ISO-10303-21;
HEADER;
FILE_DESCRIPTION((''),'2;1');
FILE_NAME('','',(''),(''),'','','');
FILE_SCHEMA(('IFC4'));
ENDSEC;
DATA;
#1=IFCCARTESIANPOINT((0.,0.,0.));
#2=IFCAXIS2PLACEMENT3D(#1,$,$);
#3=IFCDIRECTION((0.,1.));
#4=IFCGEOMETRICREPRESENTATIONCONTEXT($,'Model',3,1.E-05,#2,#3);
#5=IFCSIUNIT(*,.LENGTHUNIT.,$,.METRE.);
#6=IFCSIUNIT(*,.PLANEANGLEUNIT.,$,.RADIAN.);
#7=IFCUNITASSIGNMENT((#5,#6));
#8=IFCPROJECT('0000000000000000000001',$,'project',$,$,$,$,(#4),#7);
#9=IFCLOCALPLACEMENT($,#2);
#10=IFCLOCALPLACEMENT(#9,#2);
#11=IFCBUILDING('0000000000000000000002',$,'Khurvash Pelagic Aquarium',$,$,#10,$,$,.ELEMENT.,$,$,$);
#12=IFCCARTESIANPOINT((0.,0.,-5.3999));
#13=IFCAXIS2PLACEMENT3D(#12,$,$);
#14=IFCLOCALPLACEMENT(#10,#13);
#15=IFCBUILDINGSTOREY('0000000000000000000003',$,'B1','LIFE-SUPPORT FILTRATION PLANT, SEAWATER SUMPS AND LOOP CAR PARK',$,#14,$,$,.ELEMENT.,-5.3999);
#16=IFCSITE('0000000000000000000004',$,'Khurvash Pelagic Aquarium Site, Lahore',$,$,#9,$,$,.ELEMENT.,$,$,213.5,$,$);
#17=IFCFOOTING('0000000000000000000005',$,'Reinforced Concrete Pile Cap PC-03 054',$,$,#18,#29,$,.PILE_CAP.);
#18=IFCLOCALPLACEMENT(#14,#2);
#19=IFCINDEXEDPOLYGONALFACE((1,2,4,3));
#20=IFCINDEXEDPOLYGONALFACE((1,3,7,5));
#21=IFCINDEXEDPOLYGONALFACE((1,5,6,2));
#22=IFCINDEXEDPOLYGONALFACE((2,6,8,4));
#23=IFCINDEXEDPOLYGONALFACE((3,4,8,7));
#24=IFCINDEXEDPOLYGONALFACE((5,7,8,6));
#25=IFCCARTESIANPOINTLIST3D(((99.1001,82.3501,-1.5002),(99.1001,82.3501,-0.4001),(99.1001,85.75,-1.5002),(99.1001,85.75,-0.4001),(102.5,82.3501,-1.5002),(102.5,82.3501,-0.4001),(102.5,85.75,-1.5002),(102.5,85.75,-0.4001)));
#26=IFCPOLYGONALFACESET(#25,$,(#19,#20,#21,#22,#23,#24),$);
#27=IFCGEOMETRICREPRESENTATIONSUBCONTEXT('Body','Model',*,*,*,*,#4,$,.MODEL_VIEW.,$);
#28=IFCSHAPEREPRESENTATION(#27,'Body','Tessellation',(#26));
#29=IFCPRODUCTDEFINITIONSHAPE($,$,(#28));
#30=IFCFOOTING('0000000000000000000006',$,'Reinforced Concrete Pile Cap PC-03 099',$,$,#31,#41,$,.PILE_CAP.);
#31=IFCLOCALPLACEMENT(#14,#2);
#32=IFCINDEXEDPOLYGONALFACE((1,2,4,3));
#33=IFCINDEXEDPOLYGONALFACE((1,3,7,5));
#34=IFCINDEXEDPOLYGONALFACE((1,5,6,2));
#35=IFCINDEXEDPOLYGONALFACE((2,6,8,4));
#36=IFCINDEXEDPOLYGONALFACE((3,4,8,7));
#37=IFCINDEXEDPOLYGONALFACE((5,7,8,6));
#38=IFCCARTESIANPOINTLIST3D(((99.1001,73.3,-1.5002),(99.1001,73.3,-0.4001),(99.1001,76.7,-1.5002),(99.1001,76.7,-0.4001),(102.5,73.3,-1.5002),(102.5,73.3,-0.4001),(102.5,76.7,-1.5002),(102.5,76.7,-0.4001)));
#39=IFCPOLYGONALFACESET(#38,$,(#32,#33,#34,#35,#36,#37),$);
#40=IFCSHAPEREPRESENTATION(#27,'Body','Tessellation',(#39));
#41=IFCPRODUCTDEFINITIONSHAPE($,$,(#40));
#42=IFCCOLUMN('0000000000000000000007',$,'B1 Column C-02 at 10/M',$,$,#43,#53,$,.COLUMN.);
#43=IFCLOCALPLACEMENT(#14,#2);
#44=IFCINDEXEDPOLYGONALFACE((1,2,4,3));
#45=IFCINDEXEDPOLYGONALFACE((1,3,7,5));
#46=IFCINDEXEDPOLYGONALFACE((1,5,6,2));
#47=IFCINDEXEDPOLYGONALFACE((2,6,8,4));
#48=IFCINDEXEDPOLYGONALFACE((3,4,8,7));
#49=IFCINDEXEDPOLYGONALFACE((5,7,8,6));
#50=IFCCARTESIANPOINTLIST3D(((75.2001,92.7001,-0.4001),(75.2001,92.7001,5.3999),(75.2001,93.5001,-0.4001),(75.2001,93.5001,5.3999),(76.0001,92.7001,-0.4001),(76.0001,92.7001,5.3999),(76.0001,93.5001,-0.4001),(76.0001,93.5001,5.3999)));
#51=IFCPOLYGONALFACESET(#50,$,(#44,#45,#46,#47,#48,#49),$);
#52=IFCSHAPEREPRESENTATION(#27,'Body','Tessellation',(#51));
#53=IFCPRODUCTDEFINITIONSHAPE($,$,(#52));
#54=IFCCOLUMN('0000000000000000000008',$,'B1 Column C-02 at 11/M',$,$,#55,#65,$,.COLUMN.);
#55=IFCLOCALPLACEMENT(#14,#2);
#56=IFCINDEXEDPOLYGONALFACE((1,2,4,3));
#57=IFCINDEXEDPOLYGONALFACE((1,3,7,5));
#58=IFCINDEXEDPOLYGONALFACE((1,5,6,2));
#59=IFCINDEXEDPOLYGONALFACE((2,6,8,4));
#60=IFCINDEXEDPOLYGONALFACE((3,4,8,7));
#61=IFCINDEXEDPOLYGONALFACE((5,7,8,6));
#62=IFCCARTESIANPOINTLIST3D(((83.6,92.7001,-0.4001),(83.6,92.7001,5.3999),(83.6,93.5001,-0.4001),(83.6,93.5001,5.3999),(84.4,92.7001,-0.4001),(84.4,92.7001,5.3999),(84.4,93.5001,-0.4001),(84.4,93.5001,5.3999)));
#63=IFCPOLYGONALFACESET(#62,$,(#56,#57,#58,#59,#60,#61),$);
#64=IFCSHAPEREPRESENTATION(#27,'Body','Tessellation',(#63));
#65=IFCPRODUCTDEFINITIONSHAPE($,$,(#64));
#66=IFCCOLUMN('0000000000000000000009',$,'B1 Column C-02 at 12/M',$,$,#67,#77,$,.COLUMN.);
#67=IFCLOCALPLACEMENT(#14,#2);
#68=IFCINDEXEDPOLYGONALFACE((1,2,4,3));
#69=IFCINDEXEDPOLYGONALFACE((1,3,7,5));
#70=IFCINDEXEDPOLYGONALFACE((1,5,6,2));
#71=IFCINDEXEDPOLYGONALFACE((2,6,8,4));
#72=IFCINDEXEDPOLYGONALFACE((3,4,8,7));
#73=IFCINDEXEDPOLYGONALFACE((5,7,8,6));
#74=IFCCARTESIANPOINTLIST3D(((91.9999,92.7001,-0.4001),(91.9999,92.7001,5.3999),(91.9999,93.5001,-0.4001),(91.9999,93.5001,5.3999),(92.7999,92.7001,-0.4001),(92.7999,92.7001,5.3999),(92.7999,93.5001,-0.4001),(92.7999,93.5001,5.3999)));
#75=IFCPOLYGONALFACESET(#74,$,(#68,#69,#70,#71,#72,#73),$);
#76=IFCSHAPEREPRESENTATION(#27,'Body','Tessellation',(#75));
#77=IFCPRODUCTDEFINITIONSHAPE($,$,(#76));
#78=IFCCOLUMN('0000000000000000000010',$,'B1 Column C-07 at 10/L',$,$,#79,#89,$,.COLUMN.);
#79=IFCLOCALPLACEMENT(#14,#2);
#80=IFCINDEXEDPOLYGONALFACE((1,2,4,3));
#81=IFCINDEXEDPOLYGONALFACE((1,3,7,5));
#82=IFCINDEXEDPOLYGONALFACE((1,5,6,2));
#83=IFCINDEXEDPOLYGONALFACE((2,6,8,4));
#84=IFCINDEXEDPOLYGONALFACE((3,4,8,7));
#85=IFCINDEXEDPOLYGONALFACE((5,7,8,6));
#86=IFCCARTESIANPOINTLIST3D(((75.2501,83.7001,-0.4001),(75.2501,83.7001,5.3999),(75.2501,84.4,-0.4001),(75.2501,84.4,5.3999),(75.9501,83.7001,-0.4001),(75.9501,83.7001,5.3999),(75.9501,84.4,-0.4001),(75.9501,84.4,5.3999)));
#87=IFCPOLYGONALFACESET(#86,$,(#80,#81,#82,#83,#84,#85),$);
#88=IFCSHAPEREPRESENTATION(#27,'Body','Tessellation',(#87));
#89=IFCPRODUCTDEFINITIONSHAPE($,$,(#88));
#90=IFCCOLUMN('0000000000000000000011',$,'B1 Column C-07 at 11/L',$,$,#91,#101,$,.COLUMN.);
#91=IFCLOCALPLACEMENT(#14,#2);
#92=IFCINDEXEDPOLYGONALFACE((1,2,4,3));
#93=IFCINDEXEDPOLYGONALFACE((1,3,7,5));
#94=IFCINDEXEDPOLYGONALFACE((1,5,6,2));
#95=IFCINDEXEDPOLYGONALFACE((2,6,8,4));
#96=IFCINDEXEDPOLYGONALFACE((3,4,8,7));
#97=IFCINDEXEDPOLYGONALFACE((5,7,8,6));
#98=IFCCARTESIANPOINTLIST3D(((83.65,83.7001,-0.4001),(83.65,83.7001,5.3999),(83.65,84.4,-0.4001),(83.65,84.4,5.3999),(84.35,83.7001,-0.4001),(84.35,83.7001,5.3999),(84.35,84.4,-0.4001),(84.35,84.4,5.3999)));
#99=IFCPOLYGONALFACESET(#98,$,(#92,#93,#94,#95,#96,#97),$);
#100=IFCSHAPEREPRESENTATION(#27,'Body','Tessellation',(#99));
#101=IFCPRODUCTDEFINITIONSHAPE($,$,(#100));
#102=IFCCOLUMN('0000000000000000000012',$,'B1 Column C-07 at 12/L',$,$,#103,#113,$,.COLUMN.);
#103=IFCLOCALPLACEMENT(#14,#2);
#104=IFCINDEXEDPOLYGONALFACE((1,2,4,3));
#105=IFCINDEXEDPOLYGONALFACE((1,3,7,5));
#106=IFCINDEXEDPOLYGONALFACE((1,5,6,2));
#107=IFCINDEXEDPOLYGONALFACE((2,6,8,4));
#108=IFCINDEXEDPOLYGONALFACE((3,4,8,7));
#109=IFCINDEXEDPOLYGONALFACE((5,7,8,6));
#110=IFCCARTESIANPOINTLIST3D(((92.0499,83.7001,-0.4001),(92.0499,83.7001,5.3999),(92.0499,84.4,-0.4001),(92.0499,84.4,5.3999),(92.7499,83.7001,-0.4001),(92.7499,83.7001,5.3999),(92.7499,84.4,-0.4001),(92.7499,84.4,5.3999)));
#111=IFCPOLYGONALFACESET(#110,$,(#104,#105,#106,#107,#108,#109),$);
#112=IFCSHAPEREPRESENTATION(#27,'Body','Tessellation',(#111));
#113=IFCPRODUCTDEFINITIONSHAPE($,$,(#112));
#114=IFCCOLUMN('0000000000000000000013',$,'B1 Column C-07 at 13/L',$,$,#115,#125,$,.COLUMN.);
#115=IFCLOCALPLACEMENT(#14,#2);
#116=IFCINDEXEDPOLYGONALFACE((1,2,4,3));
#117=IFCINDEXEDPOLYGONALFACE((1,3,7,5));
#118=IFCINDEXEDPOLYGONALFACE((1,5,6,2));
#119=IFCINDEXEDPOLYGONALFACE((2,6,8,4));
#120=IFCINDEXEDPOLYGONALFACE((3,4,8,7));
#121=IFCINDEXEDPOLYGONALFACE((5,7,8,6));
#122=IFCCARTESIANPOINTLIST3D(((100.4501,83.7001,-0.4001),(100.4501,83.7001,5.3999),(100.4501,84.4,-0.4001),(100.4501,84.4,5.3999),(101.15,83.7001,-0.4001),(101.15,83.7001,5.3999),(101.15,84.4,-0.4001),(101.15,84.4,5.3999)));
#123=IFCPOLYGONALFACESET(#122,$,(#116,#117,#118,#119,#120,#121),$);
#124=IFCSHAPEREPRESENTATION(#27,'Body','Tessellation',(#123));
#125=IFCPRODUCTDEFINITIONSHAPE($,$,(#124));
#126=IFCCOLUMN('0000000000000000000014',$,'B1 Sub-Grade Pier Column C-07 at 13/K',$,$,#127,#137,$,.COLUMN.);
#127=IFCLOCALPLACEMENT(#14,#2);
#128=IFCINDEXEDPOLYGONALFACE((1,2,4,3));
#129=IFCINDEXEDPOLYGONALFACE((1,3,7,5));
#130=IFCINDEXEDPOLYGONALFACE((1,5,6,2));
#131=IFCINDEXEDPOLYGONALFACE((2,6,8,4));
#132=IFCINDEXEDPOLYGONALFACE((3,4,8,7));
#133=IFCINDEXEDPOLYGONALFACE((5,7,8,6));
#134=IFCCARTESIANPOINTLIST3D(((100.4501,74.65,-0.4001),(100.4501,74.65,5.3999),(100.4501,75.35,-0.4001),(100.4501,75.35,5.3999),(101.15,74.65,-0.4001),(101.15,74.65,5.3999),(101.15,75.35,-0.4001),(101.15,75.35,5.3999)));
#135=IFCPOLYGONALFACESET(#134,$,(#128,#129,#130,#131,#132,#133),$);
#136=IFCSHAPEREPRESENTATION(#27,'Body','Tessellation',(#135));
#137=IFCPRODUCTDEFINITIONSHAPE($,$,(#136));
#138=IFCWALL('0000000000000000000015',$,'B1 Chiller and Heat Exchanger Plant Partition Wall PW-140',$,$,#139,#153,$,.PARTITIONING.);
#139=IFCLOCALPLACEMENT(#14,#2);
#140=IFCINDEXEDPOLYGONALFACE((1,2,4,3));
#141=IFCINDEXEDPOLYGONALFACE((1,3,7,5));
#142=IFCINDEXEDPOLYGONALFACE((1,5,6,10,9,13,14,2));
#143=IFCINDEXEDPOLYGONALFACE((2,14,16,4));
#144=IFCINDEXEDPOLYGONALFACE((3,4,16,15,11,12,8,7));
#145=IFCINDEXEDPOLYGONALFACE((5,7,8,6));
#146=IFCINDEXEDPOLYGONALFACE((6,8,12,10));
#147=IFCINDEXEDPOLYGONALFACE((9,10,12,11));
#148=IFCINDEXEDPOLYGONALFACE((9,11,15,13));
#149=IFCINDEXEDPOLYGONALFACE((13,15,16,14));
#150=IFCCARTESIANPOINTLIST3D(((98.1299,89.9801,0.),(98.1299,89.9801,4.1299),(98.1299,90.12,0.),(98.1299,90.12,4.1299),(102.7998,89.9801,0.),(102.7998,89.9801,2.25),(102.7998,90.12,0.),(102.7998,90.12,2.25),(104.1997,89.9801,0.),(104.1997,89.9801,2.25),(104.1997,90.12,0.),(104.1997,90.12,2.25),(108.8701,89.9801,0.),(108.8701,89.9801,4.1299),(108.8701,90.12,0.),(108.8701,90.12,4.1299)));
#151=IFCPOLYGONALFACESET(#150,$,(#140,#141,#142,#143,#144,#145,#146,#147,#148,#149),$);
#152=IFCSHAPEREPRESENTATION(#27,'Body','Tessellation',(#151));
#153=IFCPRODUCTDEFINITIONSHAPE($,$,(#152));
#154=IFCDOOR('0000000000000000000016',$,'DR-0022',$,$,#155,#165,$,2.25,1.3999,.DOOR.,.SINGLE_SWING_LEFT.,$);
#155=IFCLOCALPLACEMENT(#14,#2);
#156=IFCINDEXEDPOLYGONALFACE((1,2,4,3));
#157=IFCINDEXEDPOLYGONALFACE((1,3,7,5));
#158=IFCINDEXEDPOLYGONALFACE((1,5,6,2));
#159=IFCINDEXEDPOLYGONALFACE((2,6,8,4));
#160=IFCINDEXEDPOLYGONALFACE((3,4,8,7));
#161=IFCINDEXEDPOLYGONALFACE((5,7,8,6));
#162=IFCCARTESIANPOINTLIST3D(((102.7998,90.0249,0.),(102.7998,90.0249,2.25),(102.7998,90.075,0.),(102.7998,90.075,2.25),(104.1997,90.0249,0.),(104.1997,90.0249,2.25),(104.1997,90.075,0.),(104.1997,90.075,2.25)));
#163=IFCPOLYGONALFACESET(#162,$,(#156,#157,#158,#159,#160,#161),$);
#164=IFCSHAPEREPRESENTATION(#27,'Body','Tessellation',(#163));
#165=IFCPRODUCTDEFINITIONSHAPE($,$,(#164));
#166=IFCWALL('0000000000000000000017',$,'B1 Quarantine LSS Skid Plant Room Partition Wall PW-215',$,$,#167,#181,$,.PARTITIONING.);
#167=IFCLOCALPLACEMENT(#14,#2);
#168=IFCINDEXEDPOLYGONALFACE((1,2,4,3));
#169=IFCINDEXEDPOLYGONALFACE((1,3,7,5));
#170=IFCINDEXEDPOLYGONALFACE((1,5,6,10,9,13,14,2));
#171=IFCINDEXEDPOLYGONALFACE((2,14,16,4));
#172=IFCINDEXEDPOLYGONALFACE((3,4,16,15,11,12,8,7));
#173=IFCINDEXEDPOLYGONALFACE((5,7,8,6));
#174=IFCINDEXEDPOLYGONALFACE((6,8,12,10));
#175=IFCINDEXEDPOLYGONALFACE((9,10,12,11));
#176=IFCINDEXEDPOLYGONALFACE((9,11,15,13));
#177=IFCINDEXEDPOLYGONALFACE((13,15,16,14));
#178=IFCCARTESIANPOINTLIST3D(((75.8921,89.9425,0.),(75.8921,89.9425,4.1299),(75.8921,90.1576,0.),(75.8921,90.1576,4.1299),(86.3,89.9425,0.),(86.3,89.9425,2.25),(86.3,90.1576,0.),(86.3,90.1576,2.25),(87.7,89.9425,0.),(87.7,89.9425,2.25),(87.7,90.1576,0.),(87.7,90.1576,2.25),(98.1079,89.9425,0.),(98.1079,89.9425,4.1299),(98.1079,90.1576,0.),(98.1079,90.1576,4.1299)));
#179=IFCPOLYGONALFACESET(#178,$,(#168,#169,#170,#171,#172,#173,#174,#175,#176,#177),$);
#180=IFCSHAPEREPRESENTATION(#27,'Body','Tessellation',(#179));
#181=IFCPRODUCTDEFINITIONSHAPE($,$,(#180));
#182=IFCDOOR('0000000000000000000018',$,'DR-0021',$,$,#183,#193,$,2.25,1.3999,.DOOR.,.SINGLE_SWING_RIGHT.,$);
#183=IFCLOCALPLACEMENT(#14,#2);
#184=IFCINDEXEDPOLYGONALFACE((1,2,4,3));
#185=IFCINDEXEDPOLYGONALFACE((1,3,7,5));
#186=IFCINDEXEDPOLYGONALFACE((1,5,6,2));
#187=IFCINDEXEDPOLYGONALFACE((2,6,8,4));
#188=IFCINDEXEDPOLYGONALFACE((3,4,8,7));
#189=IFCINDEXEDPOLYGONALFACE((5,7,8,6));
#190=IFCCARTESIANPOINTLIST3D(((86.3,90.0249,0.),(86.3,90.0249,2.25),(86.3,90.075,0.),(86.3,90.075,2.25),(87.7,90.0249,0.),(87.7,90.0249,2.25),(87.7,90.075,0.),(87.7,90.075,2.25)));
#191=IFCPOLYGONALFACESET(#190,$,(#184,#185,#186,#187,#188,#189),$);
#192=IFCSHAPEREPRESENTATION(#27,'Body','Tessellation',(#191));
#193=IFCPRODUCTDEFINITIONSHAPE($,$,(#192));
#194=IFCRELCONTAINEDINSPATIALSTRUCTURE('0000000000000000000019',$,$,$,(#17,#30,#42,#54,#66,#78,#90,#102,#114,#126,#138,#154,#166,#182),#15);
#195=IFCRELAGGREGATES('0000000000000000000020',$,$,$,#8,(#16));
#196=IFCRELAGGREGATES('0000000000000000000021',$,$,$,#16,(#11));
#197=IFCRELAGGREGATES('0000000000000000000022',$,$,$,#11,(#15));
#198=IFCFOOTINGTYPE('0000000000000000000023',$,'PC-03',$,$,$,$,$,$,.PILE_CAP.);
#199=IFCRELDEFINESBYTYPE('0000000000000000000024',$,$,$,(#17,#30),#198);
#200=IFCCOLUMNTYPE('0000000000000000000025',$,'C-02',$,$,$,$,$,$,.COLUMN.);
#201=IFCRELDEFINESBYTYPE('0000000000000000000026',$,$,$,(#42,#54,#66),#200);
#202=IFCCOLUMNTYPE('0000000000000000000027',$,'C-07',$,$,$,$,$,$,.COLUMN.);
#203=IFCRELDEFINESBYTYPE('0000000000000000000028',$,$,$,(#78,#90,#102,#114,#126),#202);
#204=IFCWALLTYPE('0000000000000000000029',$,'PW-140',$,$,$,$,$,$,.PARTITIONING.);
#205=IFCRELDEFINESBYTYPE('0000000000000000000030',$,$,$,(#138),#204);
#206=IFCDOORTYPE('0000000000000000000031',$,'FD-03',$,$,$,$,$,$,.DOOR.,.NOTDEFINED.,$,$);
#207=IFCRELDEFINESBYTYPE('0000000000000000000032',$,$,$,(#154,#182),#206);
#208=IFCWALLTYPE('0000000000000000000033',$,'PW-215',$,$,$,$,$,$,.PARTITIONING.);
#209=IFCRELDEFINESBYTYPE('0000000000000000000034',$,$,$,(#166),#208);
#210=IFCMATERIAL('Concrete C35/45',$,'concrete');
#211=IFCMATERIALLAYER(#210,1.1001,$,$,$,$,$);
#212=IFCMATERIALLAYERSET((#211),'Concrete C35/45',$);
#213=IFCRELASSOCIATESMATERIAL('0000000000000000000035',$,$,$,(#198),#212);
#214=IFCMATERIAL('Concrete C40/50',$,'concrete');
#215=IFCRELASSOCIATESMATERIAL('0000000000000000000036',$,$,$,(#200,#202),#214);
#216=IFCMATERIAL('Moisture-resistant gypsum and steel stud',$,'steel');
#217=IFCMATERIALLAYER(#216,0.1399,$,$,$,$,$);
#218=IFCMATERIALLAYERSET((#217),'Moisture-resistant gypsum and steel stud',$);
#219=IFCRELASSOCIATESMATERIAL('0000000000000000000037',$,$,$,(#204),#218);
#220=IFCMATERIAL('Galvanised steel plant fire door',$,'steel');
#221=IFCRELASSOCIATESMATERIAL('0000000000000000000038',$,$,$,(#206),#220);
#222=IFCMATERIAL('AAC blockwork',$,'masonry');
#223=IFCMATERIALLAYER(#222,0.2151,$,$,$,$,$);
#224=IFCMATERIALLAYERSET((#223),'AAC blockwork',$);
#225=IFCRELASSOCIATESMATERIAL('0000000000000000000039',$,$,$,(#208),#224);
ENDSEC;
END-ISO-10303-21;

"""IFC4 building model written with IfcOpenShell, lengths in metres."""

from ifc_helpers import new_model, si_unit, direction, frame, frame_2d, origin, origin_2d, place, context, subcontext, project, spatial, rectangle, extrude, material, layer, layer_set, material_profile, profile_set, type_object, element, fill, save


model = new_model("IFC4")

# Units and contexts
model_context = context("Model", 3, precision=1e-05, world=origin(), true_north=direction((0.0, 1.0)))
body_context = subcontext(model_context, "Body", "Model", "MODEL_VIEW")
ifc_project = project(units=[si_unit("LENGTHUNIT", "METRE"), si_unit("PLANEANGLEUNIT", "RADIAN")], contexts=[model_context])

# Site, building, storey
site_placement = place(None, origin())
site = spatial("IfcSite", under=ifc_project, at=site_placement, Name="Khurvash Pelagic Aquarium Site, Lahore", CompositionType="ELEMENT", RefElevation=213.5)
building_placement = place(site_placement, origin())
building = spatial("IfcBuilding", under=site, at=building_placement, Name="Khurvash Pelagic Aquarium", CompositionType="ELEMENT")
storey_placement = place(building_placement, frame((0.0, 0.0, -5.3999)))
storey = spatial("IfcBuildingStorey", under=building, at=storey_placement, Name="B1", Description="LIFE-SUPPORT FILTRATION PLANT, SEAWATER SUMPS AND LOOP CAR PARK", CompositionType="ELEMENT", Elevation=-5.3999)

# Shared definitions
ifc_material_1 = material(Name="Concrete C35/45", Category="concrete")

# Footings
ifc_layer_1 = layer(ifc_material_1, 1.1001)
ifc_layer_set_1 = layer_set([ifc_layer_1], Name="Concrete C35/45")
footing_type_1 = type_object("IfcFootingType", Name="PC-03", PredefinedType="PILE_CAP", material=ifc_layer_set_1)
for number, where, z_axis, x_axis, name in (
    (1, (100.8, 84.05, -1.5002), (0.0, 0.0, 1.0), (1.0, 0.0, 0.0), "Reinforced Concrete Pile Cap PC-03 054"),
    (2, (100.8, 75.0, -1.5002), (0.0, 0.0, 1.0), (1.0, 0.0, 0.0), "Reinforced Concrete Pile Cap PC-03 099"),
):
    element("IfcFooting", number, at=place(storey_placement, frame(where, z_axis=z_axis, x_axis=x_axis)), inside=storey, type_object=footing_type_1, Name=name, PredefinedType="PILE_CAP", context=body_context, shape_type="SweptSolid", body=[
        extrude(rectangle(XDim=3.3999, YDim=3.3999, at=origin_2d()), origin(), (0.0, 0.0, 1.0), 1.1001),
    ])

# Columns
ifc_material_2 = material(Name="Concrete C40/50", Category="concrete")
ifc_material_profile_1 = material_profile(ifc_material_2, rectangle(XDim=0.8, YDim=0.8, at=origin_2d()), Name="RC800X800")
ifc_profile_set_1 = profile_set([ifc_material_profile_1], Name="Concrete C40/50")
column_type_1 = type_object("IfcColumnType", Name="C-02", PredefinedType="COLUMN", material=ifc_profile_set_1)
for number, where, z_axis, x_axis, name in (
    (3, (75.6001, 93.1001, -0.4001), (0.0, 0.0, 1.0), (1.0, 0.0, 0.0), "B1 Column C-02 at 10/M"),
    (4, (84.0, 93.1001, -0.4001), (0.0, 0.0, 1.0), (1.0, 0.0, 0.0), "B1 Column C-02 at 11/M"),
    (5, (92.3999, 93.1001, -0.4001), (0.0, 0.0, 1.0), (1.0, 0.0, 0.0), "B1 Column C-02 at 12/M"),
):
    element("IfcColumn", number, at=place(storey_placement, frame(where, z_axis=z_axis, x_axis=x_axis)), inside=storey, type_object=column_type_1, Name=name, PredefinedType="COLUMN", context=body_context, shape_type="SweptSolid", body=[
        extrude(rectangle(XDim=0.8, YDim=0.8, at=origin_2d()), origin(), (0.0, 0.0, 1.0), 5.8),
    ])
ifc_material_profile_2 = material_profile(ifc_material_2, rectangle(XDim=0.7, YDim=0.7, at=origin_2d()), Name="RC700X700")
ifc_profile_set_2 = profile_set([ifc_material_profile_2], Name="Concrete C40/50")
column_type_2 = type_object("IfcColumnType", Name="C-07", PredefinedType="COLUMN", material=ifc_profile_set_2)
for number, where, z_axis, x_axis, name in (
    (6, (75.6001, 84.05, -0.4001), (0.0, 0.0, 1.0), (1.0, 0.0, 0.0), "B1 Column C-07 at 10/L"),
    (7, (84.0, 84.05, -0.4001), (0.0, 0.0, 1.0), (1.0, 0.0, 0.0), "B1 Column C-07 at 11/L"),
    (8, (92.3999, 84.05, -0.4001), (0.0, 0.0, 1.0), (1.0, 0.0, 0.0), "B1 Column C-07 at 12/L"),
    (9, (100.8, 84.05, -0.4001), (0.0, 0.0, 1.0), (1.0, 0.0, 0.0), "B1 Column C-07 at 13/L"),
    (10, (100.8, 75.0, -0.4001), (0.0, 0.0, 1.0), (1.0, 0.0, 0.0), "B1 Sub-Grade Pier Column C-07 at 13/K"),
):
    element("IfcColumn", number, at=place(storey_placement, frame(where, z_axis=z_axis, x_axis=x_axis)), inside=storey, type_object=column_type_2, Name=name, PredefinedType="COLUMN", context=body_context, shape_type="SweptSolid", body=[
        extrude(rectangle(XDim=0.7, YDim=0.7, at=origin_2d()), origin(), (0.0, 0.0, 1.0), 5.8),
    ])

# Walls, openings, doors
ifc_material_3 = material(Name="Moisture-resistant gypsum and steel stud", Category="steel")
ifc_layer_2 = layer(ifc_material_3, 0.1399)
ifc_layer_set_2 = layer_set([ifc_layer_2], Name="Moisture-resistant gypsum and steel stud")
wall_type_1 = type_object("IfcWallType", Name="PW-140", PredefinedType="PARTITIONING", material=ifc_layer_set_2)
wall_1_placement = place(storey_placement, frame((98.1299, 90.05, 0.0), z_axis=(0.0, 0.0, 1.0), x_axis=(1.0, 0.0, 0.0)))
wall_1 = element("IfcWall", 11, at=wall_1_placement, inside=storey, type_object=wall_type_1, Name="B1 Chiller and Heat Exchanger Plant Partition Wall PW-140", PredefinedType="PARTITIONING", context=body_context, shape_type="SweptSolid", body=[
    extrude(rectangle(XDim=10.7402, YDim=0.1399, at=frame_2d((5.3701, 0.0))), origin(), (0.0, 0.0, 1.0), 4.1299),
])
opening_1_placement = place(wall_1_placement, frame((4.6699, 0.0, 0.0)))
opening_1 = element("IfcOpeningElement", 12, at=opening_1_placement, cuts=wall_1, PredefinedType="OPENING", context=body_context, shape_type="SweptSolid", body=[
    extrude(rectangle(XDim=1.3999, YDim=2.25, at=frame_2d((0.7, 1.125))), frame((0.0, 0.0801, 0.0), z_axis=(0.0, -1.0, 0.0), x_axis=(1.0, 0.0, 0.0)), (0.0, 0.0, 1.0), 0.1599),
])
ifc_material_4 = material(Name="Galvanised steel plant fire door", Category="steel")
door_type = type_object("IfcDoorType", Name="FD-03", OperationType="NOTDEFINED", PredefinedType="DOOR", material=ifc_material_4)
door_1_placement = place(opening_1_placement, origin())
door_1 = element("IfcDoor", 13, at=door_1_placement, inside=storey, type_object=door_type, Name="DR-0022", OperationType="SINGLE_SWING_LEFT", OverallHeight=2.25, OverallWidth=1.3999, PredefinedType="DOOR", context=body_context, shape_type="SweptSolid", body=[
    extrude(rectangle(XDim=1.3999, YDim=2.25, at=frame_2d((0.7, 1.125))), frame((0.0, 0.0249, 0.0), z_axis=(0.0, -1.0, 0.0), x_axis=(1.0, 0.0, 0.0)), (0.0, 0.0, 1.0), 0.05),
])
fill(opening_1, door_1)
ifc_material_5 = material(Name="AAC blockwork", Category="masonry")
ifc_layer_3 = layer(ifc_material_5, 0.2151)
ifc_layer_set_3 = layer_set([ifc_layer_3], Name="AAC blockwork")
wall_type_2 = type_object("IfcWallType", Name="PW-215", PredefinedType="PARTITIONING", material=ifc_layer_set_3)
wall_2_placement = place(storey_placement, frame((75.8921, 90.05, 0.0), z_axis=(0.0, 0.0, 1.0), x_axis=(1.0, 0.0, 0.0)))
wall_2 = element("IfcWall", 14, at=wall_2_placement, inside=storey, type_object=wall_type_2, Name="B1 Quarantine LSS Skid Plant Room Partition Wall PW-215", PredefinedType="PARTITIONING", context=body_context, shape_type="SweptSolid", body=[
    extrude(rectangle(XDim=22.2158, YDim=0.2151, at=frame_2d((11.1079, 0.0))), origin(), (0.0, 0.0, 1.0), 4.1299),
])
opening_2_placement = place(wall_2_placement, frame((10.408, 0.0, 0.0)))
opening_2 = element("IfcOpeningElement", 15, at=opening_2_placement, cuts=wall_2, PredefinedType="OPENING", context=body_context, shape_type="SweptSolid", body=[
    extrude(rectangle(XDim=1.3999, YDim=2.25, at=frame_2d((0.7, 1.125))), frame((0.0, 0.1177, 0.0), z_axis=(0.0, -1.0, 0.0), x_axis=(1.0, 0.0, 0.0)), (0.0, 0.0, 1.0), 0.2351),
])
door_2_placement = place(opening_2_placement, origin())
door_2 = element("IfcDoor", 16, at=door_2_placement, inside=storey, type_object=door_type, Name="DR-0021", OperationType="SINGLE_SWING_RIGHT", OverallHeight=2.25, OverallWidth=1.3999, PredefinedType="DOOR", context=body_context, shape_type="SweptSolid", body=[
    extrude(rectangle(XDim=1.3999, YDim=2.25, at=frame_2d((0.7, 1.125))), frame((0.0, 0.0249, 0.0), z_axis=(0.0, -1.0, 0.0), x_axis=(1.0, 0.0, 0.0)), (0.0, 0.0, 1.0), 0.05),
])
fill(opening_2, door_2)

save(model, "model.ifc")
